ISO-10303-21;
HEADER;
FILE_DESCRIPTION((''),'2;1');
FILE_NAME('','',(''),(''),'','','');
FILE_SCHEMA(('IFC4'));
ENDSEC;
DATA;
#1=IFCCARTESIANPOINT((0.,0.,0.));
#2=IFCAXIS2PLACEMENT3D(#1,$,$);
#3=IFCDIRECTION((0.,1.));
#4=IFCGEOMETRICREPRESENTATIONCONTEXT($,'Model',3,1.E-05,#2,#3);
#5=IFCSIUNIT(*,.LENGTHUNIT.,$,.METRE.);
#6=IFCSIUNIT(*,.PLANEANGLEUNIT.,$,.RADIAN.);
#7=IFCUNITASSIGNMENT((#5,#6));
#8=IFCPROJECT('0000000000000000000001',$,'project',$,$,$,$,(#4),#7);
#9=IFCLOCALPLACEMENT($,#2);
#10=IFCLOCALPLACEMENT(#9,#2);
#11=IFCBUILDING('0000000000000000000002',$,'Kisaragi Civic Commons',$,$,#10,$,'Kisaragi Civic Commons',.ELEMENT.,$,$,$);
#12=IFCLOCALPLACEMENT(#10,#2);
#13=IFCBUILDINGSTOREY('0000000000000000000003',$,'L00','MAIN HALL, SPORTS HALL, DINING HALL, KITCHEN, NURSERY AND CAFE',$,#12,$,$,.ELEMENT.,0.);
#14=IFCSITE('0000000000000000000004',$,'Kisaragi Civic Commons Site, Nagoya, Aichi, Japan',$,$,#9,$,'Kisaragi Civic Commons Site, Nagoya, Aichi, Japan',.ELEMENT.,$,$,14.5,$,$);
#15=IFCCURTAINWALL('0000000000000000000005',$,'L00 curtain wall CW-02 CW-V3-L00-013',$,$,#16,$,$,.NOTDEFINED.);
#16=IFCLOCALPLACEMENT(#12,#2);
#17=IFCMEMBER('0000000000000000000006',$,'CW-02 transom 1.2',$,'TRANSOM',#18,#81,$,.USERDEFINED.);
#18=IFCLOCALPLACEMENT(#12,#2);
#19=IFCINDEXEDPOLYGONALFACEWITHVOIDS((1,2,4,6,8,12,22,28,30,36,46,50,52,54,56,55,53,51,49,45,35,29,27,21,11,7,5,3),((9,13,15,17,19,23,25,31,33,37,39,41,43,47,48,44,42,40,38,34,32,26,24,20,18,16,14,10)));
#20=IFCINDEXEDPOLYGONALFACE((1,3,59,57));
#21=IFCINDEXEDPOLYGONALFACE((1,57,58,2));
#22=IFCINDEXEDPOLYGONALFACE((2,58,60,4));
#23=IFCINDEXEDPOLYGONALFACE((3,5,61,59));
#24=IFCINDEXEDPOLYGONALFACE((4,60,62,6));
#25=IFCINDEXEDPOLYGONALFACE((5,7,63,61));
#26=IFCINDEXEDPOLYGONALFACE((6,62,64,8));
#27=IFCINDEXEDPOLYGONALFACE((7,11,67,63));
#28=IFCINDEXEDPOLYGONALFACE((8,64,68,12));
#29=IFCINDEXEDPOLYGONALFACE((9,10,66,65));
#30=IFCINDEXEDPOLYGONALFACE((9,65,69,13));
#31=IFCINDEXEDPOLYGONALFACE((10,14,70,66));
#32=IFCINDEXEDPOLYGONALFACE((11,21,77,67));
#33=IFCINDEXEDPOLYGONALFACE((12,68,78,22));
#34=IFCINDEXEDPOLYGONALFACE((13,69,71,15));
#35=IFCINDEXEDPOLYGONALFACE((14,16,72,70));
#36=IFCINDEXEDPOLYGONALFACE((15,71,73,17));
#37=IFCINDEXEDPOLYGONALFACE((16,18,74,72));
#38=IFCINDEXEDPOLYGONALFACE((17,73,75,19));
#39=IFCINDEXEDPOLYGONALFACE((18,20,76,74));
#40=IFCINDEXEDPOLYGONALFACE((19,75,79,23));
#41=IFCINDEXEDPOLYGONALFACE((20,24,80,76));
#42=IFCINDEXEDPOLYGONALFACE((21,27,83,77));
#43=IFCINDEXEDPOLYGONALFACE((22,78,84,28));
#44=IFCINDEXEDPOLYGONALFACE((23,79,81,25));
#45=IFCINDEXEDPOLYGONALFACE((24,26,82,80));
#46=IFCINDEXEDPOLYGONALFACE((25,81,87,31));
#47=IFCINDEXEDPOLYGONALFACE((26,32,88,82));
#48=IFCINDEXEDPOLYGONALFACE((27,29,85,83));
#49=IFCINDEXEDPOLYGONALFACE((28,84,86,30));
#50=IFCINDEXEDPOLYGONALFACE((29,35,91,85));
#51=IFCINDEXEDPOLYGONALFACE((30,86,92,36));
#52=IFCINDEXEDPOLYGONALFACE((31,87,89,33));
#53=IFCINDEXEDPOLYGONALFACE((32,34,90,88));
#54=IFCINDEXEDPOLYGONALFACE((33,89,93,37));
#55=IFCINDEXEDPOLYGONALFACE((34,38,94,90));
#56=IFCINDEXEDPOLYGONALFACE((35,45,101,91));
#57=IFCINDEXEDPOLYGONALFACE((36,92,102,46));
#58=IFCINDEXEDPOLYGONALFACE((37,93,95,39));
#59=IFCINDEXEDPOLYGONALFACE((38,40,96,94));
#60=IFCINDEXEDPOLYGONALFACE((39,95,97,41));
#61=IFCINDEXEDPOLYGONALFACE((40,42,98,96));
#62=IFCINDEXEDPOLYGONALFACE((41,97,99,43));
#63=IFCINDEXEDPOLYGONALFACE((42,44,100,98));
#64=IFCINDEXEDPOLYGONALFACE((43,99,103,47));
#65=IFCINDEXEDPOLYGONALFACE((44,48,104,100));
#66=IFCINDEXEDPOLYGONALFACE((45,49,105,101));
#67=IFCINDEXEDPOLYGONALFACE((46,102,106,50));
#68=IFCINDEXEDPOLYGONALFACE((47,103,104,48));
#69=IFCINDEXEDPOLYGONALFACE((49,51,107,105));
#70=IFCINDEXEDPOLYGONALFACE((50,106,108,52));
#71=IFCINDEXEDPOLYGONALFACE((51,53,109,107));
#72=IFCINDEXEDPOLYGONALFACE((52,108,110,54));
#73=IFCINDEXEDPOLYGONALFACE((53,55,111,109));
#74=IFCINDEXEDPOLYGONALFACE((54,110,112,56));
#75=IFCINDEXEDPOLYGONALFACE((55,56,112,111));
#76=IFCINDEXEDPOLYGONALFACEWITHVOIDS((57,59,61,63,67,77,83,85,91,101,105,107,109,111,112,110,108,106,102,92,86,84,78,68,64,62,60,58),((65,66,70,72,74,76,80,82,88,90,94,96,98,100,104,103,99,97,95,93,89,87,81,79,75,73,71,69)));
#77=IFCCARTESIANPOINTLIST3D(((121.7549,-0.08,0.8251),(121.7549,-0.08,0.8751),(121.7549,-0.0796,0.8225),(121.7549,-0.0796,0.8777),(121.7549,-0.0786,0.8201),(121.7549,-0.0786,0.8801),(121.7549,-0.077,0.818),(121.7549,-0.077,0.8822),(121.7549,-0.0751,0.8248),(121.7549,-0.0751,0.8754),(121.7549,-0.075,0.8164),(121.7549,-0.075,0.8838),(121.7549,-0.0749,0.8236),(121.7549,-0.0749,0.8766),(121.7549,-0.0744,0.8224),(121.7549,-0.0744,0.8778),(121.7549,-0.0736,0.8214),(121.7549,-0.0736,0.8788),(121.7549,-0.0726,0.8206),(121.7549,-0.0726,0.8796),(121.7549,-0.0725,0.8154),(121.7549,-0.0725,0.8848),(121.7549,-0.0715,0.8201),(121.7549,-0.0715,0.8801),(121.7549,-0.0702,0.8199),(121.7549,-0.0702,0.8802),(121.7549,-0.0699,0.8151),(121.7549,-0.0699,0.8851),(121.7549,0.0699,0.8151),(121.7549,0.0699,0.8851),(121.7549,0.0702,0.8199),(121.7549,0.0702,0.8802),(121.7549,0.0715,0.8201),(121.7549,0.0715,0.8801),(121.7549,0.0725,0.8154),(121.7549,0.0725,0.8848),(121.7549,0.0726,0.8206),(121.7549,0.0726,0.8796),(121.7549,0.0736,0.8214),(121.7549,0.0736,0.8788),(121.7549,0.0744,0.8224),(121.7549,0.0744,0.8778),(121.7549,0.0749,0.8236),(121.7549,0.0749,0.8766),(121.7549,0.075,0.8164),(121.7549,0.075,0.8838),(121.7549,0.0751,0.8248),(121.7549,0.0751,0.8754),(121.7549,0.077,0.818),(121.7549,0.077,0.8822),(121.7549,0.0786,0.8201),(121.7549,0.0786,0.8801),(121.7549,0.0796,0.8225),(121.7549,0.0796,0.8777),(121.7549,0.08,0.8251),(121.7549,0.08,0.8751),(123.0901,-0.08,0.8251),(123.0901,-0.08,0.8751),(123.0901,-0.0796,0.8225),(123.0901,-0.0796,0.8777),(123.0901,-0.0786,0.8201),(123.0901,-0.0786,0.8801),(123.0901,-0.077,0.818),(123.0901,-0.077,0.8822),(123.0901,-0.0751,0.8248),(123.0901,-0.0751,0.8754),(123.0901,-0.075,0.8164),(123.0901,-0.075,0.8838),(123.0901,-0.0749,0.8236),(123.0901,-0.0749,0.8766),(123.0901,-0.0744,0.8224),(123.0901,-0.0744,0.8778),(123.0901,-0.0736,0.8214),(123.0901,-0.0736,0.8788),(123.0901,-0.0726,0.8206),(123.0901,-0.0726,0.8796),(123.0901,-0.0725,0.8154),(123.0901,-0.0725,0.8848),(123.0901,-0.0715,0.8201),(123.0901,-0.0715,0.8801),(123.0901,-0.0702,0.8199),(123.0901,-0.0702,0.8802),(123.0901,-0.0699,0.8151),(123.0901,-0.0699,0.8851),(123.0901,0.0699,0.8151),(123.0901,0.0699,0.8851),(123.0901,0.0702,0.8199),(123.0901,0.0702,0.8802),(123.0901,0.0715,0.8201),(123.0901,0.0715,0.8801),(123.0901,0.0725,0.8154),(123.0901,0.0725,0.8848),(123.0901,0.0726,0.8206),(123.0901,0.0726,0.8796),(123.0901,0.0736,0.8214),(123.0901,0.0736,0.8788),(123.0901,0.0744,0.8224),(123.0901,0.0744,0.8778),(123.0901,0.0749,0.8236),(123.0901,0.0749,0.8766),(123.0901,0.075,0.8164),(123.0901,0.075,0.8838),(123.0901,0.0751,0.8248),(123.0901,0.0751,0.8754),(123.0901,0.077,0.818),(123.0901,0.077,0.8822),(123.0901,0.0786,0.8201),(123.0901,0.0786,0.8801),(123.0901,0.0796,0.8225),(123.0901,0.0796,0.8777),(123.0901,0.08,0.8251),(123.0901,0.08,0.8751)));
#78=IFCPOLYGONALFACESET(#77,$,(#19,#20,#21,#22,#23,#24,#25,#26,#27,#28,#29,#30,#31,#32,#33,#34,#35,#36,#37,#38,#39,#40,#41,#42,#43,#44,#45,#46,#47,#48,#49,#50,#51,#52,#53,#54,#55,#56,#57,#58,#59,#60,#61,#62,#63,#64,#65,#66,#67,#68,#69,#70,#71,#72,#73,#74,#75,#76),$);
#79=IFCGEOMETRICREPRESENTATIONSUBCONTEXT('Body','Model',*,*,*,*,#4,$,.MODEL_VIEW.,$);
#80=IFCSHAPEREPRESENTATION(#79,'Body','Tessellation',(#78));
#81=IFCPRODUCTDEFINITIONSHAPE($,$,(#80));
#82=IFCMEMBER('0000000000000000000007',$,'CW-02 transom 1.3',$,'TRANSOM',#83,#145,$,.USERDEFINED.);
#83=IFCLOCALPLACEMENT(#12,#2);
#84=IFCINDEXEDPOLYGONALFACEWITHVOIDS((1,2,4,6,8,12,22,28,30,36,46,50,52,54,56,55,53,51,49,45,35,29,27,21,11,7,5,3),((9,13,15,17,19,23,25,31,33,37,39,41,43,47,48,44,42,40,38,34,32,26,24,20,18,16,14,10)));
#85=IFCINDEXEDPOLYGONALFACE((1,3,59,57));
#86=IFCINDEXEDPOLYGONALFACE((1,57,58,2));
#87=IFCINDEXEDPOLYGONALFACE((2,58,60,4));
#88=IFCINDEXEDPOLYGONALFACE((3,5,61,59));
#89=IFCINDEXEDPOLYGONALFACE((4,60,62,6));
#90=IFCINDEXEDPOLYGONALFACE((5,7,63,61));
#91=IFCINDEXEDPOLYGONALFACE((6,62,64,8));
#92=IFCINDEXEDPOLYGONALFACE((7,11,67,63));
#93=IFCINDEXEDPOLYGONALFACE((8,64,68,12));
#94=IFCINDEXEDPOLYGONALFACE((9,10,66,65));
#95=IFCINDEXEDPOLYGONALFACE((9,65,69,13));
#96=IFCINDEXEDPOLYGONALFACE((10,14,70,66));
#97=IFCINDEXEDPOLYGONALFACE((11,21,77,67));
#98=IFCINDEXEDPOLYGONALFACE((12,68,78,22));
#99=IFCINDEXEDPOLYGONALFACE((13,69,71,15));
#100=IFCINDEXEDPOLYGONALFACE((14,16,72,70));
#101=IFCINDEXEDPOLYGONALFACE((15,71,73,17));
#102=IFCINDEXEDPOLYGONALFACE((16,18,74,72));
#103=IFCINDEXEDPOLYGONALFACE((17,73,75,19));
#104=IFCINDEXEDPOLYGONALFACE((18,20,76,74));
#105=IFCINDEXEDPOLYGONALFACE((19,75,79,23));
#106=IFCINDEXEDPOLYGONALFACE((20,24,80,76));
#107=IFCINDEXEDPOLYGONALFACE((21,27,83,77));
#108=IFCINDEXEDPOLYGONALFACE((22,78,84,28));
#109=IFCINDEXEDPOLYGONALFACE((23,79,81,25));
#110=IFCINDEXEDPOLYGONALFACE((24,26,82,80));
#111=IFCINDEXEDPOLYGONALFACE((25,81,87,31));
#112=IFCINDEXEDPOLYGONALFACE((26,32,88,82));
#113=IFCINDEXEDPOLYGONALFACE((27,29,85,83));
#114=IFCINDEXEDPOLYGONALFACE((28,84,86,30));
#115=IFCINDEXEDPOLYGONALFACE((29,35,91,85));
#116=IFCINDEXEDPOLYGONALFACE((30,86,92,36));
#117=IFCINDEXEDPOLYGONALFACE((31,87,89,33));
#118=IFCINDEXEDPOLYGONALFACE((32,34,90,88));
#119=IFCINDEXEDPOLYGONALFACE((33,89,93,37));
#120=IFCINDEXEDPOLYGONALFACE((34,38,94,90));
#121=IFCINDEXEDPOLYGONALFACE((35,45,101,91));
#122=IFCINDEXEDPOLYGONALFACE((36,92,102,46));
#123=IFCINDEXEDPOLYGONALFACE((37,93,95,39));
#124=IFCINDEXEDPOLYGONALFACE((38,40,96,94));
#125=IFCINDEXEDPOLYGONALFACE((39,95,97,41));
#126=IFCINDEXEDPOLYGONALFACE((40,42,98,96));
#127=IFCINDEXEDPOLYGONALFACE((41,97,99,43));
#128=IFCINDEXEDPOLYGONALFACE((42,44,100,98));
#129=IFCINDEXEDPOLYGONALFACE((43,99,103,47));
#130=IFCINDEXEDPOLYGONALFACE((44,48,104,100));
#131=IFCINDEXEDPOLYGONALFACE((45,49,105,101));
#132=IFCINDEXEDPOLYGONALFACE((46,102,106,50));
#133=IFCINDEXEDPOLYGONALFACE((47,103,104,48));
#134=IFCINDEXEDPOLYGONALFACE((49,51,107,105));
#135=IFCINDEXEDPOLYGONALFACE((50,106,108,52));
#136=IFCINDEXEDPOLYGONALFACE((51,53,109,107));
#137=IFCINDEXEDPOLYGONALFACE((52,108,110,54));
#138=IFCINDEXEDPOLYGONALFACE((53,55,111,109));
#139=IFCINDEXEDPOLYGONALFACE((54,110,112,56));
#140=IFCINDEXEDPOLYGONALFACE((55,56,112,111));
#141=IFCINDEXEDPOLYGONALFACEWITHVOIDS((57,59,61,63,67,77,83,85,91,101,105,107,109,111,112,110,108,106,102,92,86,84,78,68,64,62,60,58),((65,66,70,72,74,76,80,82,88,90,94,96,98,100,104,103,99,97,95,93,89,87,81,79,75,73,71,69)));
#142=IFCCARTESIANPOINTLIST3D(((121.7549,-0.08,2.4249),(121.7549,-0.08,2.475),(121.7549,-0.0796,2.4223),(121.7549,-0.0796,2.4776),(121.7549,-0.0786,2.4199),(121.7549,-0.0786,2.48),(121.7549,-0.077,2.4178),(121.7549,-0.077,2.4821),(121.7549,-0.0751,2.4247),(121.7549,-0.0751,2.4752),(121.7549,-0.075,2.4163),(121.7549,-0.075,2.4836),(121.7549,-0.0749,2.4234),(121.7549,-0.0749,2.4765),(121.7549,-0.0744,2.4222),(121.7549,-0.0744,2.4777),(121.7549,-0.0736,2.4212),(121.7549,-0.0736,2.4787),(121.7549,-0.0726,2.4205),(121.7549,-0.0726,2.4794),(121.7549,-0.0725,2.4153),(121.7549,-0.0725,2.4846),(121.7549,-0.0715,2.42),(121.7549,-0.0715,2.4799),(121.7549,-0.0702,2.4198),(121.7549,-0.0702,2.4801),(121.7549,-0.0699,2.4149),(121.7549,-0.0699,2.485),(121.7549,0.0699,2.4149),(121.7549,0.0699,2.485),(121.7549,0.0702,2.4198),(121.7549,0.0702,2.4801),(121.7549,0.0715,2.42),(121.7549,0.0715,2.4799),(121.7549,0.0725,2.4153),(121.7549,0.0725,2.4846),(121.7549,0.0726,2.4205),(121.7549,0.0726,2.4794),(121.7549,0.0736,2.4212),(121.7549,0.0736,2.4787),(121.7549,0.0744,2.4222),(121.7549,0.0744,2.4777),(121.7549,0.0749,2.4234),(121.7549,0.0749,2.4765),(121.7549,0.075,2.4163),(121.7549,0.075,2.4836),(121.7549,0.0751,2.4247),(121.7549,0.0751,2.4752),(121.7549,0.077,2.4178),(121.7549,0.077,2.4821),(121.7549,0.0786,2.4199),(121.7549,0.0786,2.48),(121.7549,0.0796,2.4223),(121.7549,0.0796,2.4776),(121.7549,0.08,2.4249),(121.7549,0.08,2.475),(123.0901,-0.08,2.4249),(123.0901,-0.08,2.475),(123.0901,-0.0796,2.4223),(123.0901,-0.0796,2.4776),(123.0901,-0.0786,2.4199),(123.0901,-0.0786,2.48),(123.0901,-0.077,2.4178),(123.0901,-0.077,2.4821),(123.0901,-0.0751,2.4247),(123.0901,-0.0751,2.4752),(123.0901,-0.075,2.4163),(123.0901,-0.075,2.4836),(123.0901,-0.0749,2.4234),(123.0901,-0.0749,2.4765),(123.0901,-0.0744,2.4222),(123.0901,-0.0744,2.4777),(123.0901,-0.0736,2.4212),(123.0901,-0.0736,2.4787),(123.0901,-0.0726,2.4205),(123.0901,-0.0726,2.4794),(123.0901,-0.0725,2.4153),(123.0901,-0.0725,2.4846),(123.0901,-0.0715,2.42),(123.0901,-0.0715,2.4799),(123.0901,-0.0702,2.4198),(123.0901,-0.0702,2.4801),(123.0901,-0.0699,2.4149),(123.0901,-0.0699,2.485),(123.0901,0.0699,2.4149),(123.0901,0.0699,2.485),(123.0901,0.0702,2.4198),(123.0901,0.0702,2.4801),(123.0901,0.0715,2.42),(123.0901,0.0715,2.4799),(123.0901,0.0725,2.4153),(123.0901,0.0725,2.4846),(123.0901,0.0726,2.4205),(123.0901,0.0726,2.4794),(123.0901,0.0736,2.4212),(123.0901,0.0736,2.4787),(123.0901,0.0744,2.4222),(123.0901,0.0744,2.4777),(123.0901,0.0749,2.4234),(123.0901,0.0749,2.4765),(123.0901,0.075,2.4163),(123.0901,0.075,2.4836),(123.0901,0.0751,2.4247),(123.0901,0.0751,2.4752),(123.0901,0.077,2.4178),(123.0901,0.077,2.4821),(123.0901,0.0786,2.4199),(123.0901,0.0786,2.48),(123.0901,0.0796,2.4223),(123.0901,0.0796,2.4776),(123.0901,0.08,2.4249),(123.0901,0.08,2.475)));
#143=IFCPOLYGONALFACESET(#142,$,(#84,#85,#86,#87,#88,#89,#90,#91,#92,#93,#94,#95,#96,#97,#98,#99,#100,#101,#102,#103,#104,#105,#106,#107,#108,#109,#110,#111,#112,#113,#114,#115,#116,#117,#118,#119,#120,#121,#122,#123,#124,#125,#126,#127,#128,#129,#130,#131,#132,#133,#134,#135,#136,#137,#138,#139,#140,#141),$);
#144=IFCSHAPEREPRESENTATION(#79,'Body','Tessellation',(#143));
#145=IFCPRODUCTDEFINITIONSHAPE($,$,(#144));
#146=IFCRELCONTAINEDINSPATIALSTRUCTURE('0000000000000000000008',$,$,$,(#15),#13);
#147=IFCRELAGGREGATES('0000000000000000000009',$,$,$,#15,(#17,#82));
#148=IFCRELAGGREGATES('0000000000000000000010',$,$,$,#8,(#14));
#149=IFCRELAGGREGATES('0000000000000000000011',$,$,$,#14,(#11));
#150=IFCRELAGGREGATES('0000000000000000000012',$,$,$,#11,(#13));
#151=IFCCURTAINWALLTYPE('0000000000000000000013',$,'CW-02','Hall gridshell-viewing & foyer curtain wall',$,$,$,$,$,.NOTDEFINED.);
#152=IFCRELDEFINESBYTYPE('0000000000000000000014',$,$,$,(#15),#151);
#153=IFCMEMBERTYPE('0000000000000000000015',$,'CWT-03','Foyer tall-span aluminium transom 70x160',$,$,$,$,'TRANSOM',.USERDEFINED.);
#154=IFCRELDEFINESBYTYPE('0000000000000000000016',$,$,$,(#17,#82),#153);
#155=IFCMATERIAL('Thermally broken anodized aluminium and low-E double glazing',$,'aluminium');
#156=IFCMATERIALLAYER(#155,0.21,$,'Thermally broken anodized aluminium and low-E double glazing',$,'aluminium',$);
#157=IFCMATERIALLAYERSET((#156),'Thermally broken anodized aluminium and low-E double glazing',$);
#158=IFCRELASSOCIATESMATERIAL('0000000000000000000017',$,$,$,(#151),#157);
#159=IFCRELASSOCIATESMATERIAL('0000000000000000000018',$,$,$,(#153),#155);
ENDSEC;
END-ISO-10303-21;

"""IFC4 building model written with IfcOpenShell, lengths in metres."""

from ifc_helpers import new_model, si_unit, direction, frame, origin, origin_2d, place, context, subcontext, project, spatial, hollow_rectangle, extrude, material, layer, layer_set, material_profile, profile_set, type_object, element, aggregate, save


model = new_model("IFC4")

# Units and contexts
model_context = context("Model", 3, precision=1e-05, world=origin(), true_north=direction((0.0, 1.0)))
body_context = subcontext(model_context, "Body", "Model", "MODEL_VIEW")
ifc_project = project(units=[si_unit("LENGTHUNIT", "METRE"), si_unit("PLANEANGLEUNIT", "RADIAN")], contexts=[model_context])

# Site, building, storey
site_placement = place(None, origin())
site = spatial("IfcSite", under=ifc_project, at=site_placement, Name="Kisaragi Civic Commons Site, Nagoya, Aichi, Japan", LongName="Kisaragi Civic Commons Site, Nagoya, Aichi, Japan", CompositionType="ELEMENT", RefElevation=14.5)
building_placement = place(site_placement, origin())
building = spatial("IfcBuilding", under=site, at=building_placement, Name="Kisaragi Civic Commons", LongName="Kisaragi Civic Commons", CompositionType="ELEMENT")
storey_placement = place(building_placement, origin())
storey = spatial("IfcBuildingStorey", under=building, at=storey_placement, Name="L00", Description="MAIN HALL, SPORTS HALL, DINING HALL, KITCHEN, NURSERY AND CAFE", CompositionType="ELEMENT", Elevation=0.0)

# Curtain wall, members
ifc_material_1 = material(Name="Thermally broken anodized aluminium and low-E double glazing", Category="aluminium")
ifc_layer_1 = layer(ifc_material_1, 0.21, Name="Thermally broken anodized aluminium and low-E double glazing", Category="aluminium")
ifc_layer_set_1 = layer_set([ifc_layer_1], Name="Thermally broken anodized aluminium and low-E double glazing")
curtain_wall_type = type_object("IfcCurtainWallType", Name="CW-02", Description="Hall gridshell-viewing & foyer curtain wall", PredefinedType="NOTDEFINED", material=ifc_layer_set_1)
curtain_wall_placement = place(storey_placement, origin())
curtain_wall = element("IfcCurtainWall", 1, at=curtain_wall_placement, inside=storey, type_object=curtain_wall_type, Name="L00 curtain wall CW-02 CW-V3-L00-013", PredefinedType="NOTDEFINED")
ifc_material_profile_1 = material_profile(ifc_material_1, hollow_rectangle(XDim=0.1599, YDim=0.0701, WallThickness=0.0049, InnerFilletRadius=0.0049, OuterFilletRadius=0.01, at=origin_2d()), Name="CWT-70x160x5", Category="aluminium")
ifc_profile_set_1 = profile_set([ifc_material_profile_1], Name="Thermally broken anodized aluminium and low-E double glazing")
member_type_1 = type_object("IfcMemberType", Name="CWT-03", Description="Foyer tall-span aluminium transom 70x160", ElementType="TRANSOM", PredefinedType="USERDEFINED", material=ifc_profile_set_1)
member_1_placement = place(storey_placement, frame((123.0901, 0.0, 0.8501), z_axis=(-1.0, 0.0, 0.0), x_axis=(0.0, -1.0, 0.0)))
member_1 = element("IfcMember", 2, at=member_1_placement, type_object=member_type_1, Name="CW-02 transom 1.2", ObjectType="TRANSOM", PredefinedType="USERDEFINED", context=body_context, shape_type="SweptSolid", body=[
    extrude(hollow_rectangle(XDim=0.1599, YDim=0.0701, WallThickness=0.0049, InnerFilletRadius=0.0049, OuterFilletRadius=0.01, at=origin_2d()), origin(), (0.0, 0.0, 1.0), 1.3352),
])
member_2_placement = place(storey_placement, frame((123.0901, 0.0, 2.45), z_axis=(-1.0, 0.0, 0.0), x_axis=(0.0, -1.0, 0.0)))
member_2 = element("IfcMember", 3, at=member_2_placement, type_object=member_type_1, Name="CW-02 transom 1.3", ObjectType="TRANSOM", PredefinedType="USERDEFINED", context=body_context, shape_type="SweptSolid", body=[
    extrude(hollow_rectangle(XDim=0.1599, YDim=0.0701, WallThickness=0.0049, InnerFilletRadius=0.0049, OuterFilletRadius=0.01, at=origin_2d()), origin(), (0.0, 0.0, 1.0), 1.3352),
])

aggregate(curtain_wall, [member_1, member_2])

save(model, "model.ifc")
